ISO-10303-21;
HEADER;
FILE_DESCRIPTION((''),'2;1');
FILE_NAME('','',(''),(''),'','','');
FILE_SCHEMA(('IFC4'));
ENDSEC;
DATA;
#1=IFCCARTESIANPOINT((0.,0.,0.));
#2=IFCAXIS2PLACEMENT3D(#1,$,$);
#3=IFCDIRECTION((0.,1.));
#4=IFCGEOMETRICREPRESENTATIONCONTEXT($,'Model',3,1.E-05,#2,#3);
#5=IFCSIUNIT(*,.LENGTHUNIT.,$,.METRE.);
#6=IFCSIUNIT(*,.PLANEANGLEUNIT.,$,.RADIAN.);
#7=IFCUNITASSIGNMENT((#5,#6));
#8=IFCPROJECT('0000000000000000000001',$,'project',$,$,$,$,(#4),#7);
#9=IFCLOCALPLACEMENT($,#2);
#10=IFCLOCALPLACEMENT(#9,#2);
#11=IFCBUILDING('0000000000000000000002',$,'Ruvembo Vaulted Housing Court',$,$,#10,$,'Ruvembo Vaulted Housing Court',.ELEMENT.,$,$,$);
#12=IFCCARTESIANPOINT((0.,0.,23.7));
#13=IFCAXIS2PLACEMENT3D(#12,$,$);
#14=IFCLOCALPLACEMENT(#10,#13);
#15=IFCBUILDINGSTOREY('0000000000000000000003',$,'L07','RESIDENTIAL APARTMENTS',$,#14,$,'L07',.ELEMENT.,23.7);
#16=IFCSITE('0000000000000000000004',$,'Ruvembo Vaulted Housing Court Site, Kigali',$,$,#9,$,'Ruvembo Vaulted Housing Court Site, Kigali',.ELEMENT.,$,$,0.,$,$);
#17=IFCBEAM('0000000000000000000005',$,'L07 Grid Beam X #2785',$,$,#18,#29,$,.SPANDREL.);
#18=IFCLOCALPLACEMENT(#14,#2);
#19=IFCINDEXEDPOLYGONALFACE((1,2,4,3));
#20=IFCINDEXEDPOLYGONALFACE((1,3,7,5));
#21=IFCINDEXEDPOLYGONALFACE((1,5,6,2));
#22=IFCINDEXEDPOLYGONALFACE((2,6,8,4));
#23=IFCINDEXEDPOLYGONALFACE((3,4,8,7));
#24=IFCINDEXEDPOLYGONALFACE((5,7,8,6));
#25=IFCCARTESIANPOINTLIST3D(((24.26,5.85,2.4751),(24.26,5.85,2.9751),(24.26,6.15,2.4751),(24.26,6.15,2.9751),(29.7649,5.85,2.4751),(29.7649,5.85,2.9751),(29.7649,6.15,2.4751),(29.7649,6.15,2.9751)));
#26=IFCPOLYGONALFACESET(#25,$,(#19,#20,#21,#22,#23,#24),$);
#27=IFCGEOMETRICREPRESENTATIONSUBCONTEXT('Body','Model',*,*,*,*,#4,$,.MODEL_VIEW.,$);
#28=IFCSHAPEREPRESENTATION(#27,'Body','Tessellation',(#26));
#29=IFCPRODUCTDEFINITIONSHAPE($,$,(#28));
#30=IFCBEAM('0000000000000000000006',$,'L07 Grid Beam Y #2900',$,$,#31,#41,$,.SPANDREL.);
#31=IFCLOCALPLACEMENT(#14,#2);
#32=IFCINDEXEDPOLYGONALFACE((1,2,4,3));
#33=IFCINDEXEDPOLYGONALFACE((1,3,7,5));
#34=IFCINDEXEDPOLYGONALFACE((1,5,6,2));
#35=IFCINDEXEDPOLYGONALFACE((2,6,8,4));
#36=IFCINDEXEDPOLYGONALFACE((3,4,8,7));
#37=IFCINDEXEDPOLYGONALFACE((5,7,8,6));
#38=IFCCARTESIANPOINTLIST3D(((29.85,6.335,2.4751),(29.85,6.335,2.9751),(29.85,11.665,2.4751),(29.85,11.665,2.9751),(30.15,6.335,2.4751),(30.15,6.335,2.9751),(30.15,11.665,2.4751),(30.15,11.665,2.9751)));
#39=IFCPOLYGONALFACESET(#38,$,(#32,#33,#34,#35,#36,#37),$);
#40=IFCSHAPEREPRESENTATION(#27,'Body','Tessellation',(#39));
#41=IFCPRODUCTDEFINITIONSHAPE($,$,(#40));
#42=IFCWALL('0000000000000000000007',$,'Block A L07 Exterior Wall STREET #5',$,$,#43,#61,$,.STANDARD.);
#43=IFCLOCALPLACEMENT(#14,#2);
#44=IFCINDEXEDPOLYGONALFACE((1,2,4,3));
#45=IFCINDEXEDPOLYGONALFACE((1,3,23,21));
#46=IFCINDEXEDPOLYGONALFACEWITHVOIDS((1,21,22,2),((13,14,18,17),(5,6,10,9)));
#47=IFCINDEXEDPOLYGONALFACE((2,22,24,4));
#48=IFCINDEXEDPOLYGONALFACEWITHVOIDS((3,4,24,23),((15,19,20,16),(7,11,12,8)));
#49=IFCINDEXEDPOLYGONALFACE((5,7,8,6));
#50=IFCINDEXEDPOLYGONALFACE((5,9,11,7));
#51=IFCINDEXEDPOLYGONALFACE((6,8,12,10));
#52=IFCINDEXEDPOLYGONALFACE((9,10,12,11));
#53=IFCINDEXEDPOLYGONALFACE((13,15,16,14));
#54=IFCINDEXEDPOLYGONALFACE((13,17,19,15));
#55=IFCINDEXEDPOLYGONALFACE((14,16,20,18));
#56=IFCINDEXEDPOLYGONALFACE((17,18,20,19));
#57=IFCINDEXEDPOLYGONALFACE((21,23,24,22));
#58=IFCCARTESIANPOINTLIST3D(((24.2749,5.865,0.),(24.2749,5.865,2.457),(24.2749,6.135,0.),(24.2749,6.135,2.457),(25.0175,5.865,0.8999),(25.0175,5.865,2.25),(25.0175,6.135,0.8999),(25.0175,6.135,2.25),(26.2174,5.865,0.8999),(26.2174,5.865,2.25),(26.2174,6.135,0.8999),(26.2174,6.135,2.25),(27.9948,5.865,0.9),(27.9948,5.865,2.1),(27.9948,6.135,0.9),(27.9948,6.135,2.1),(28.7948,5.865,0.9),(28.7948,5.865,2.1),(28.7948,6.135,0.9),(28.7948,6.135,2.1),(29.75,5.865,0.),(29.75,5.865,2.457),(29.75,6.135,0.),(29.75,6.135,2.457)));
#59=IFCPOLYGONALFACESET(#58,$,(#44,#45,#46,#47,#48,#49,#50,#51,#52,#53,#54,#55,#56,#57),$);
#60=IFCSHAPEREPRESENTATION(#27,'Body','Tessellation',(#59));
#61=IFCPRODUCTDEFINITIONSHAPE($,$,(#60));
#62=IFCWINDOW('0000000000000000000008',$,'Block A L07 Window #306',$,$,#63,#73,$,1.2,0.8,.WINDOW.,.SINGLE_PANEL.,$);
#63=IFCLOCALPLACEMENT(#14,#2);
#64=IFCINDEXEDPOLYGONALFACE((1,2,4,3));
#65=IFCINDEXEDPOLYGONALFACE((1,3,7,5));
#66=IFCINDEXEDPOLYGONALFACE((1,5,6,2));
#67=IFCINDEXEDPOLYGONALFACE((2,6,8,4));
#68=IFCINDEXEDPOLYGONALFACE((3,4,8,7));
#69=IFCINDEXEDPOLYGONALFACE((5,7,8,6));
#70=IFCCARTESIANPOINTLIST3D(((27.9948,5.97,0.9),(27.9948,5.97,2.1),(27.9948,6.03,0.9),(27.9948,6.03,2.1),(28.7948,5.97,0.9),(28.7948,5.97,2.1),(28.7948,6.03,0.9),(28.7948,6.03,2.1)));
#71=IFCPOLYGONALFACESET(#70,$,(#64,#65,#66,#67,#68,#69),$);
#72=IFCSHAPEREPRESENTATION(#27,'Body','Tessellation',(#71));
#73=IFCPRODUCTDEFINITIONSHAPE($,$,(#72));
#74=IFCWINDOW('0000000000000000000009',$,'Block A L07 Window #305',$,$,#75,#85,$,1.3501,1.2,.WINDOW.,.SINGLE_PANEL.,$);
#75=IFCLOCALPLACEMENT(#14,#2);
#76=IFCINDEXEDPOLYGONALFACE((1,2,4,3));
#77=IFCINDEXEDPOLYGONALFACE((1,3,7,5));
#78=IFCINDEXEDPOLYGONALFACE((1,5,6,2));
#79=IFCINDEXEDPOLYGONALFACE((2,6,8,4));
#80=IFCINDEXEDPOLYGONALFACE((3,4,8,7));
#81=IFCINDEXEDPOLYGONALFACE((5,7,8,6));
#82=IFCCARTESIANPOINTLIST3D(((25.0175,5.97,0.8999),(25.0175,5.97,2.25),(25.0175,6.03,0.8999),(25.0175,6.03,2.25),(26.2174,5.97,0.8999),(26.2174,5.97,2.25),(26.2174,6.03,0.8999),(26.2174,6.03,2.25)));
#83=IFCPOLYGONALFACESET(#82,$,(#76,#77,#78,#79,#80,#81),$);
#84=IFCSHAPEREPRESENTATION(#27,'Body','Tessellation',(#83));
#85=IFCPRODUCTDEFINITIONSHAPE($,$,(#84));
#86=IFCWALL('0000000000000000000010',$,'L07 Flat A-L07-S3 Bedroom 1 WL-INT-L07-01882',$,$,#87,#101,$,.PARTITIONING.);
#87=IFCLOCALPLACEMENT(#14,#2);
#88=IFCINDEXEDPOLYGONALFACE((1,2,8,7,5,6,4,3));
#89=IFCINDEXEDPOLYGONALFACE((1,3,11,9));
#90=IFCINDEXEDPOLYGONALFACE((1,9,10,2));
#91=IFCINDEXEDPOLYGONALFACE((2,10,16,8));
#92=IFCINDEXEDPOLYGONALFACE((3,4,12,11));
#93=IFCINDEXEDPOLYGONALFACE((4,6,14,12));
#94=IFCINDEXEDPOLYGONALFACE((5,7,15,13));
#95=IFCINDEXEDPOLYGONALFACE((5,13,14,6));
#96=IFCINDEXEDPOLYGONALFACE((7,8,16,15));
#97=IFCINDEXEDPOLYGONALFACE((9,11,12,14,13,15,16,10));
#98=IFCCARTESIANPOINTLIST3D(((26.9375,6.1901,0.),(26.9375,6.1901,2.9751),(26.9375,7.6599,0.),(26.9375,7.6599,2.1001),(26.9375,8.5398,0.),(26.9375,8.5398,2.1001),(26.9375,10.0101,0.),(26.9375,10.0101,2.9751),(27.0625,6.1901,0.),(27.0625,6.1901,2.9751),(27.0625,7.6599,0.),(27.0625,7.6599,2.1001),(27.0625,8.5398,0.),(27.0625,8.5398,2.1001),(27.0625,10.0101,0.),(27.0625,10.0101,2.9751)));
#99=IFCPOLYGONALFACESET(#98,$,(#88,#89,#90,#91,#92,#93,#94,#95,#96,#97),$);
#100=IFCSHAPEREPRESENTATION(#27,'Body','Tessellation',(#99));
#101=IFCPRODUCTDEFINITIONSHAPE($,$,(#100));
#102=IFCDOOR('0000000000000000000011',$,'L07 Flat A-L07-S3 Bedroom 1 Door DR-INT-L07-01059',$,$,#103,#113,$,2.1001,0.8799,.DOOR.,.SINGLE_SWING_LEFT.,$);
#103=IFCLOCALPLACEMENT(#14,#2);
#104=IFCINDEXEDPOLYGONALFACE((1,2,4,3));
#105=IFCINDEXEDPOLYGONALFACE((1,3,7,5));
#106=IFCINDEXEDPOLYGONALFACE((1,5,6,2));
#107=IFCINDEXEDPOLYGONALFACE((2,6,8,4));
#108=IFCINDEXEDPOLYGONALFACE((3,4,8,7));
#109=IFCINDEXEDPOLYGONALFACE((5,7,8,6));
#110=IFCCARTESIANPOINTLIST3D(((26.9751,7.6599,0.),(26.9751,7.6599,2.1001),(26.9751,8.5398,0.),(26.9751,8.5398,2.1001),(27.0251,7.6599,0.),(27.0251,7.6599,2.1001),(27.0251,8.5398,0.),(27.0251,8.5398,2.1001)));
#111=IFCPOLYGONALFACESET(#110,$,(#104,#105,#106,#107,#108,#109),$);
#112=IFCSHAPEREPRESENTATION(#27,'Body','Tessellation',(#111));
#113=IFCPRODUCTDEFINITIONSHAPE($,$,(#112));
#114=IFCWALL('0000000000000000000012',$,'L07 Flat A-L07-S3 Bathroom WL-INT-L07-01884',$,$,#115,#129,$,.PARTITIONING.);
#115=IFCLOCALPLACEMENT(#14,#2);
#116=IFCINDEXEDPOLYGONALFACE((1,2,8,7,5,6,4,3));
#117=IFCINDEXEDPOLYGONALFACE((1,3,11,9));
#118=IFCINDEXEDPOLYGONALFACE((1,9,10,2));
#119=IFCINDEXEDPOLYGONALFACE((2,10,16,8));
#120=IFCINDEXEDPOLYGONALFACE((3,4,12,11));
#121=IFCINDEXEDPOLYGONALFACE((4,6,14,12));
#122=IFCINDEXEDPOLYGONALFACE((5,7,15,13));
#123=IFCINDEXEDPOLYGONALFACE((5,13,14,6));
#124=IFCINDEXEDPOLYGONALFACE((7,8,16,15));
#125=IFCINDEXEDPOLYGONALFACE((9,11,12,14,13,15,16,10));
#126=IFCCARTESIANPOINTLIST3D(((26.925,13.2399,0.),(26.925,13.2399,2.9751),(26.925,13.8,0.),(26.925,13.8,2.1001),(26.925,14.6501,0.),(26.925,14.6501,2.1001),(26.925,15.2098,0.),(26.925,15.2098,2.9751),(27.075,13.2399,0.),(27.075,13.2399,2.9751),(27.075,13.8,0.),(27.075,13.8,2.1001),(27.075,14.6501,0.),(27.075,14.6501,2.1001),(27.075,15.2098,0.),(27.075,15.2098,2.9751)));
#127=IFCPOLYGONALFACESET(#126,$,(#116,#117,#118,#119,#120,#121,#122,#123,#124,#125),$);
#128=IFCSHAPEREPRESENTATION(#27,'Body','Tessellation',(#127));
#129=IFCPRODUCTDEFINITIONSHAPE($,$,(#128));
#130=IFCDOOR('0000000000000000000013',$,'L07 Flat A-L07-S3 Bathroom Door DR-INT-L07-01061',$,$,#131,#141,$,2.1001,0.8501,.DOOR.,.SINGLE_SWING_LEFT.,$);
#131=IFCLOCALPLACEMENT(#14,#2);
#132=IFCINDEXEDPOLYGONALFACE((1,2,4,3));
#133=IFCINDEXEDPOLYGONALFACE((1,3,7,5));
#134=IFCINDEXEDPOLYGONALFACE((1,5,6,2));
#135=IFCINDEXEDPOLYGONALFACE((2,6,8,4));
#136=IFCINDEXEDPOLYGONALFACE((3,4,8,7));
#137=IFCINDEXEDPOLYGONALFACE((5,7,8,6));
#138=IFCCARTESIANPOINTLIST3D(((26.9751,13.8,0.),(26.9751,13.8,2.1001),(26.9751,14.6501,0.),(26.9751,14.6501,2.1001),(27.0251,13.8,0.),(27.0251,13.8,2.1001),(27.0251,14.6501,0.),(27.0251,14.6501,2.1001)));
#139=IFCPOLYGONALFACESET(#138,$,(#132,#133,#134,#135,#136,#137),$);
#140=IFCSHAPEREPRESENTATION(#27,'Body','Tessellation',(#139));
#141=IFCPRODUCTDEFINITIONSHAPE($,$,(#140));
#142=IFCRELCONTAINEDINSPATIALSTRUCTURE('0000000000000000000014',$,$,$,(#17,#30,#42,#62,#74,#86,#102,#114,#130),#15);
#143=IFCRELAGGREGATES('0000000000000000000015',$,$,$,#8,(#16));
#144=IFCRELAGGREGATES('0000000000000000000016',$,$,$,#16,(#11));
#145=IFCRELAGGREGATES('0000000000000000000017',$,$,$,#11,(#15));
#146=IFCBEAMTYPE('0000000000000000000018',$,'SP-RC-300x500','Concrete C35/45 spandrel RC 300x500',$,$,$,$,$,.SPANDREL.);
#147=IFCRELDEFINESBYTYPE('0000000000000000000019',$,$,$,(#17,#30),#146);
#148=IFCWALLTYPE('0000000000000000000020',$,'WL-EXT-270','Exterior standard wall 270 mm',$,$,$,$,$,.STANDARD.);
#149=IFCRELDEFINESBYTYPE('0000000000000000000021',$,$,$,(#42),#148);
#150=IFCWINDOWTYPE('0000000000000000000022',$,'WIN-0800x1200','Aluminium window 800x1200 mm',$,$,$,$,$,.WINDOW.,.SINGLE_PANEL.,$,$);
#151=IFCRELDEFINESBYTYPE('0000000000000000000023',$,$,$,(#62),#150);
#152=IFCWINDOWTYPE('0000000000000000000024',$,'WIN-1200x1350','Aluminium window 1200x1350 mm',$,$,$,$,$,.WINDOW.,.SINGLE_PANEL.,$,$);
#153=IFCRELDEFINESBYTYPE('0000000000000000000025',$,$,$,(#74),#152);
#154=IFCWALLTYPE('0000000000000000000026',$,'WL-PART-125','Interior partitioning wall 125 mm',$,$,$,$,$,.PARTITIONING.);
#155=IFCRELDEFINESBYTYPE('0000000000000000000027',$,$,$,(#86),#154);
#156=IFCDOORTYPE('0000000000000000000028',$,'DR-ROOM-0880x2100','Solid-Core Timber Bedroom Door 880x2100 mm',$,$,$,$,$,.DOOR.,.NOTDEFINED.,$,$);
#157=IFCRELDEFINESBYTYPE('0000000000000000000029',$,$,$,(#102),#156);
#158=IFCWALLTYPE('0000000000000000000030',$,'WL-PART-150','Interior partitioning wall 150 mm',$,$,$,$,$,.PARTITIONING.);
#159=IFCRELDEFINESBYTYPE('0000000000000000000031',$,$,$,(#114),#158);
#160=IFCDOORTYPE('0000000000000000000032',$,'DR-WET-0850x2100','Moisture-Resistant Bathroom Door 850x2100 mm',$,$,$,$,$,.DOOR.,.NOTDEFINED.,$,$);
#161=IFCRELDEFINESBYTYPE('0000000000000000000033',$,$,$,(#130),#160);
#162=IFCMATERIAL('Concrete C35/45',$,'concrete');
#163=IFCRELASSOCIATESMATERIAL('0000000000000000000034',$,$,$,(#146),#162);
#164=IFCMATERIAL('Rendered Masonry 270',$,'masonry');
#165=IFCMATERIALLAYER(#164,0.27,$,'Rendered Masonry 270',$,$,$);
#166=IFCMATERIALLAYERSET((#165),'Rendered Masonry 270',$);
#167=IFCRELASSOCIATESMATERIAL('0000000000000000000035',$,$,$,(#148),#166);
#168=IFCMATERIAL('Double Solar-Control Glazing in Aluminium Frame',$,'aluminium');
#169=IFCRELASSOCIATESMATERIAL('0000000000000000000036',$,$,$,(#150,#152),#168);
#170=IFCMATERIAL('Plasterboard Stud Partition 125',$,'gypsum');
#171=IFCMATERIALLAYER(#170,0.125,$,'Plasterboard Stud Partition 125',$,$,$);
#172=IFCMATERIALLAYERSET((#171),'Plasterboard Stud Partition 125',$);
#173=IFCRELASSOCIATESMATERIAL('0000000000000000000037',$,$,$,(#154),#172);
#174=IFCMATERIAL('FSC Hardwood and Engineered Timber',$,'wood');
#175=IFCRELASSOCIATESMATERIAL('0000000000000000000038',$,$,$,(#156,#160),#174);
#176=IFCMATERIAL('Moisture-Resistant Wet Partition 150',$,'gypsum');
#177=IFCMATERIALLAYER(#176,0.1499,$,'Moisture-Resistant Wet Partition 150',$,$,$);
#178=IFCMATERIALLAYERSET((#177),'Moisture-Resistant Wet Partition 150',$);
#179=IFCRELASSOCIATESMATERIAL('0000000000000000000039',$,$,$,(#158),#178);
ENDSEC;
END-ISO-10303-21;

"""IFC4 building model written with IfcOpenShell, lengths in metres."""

from ifc_helpers import new_model, si_unit, direction, frame, frame_2d, origin, origin_2d, place, context, subcontext, project, spatial, rectangle, extrude, material, layer, layer_set, material_profile, profile_set, type_object, element, fill, save


model = new_model("IFC4")

# Units and contexts
model_context = context("Model", 3, precision=1e-05, world=origin(), true_north=direction((0.0, 1.0)))
body_context = subcontext(model_context, "Body", "Model", "MODEL_VIEW")
ifc_project = project(units=[si_unit("LENGTHUNIT", "METRE"), si_unit("PLANEANGLEUNIT", "RADIAN")], contexts=[model_context])

# Site, building, storey
site_placement = place(None, origin())
site = spatial("IfcSite", under=ifc_project, at=site_placement, Name="Ruvembo Vaulted Housing Court Site, Kigali", LongName="Ruvembo Vaulted Housing Court Site, Kigali", CompositionType="ELEMENT", RefElevation=0.0)
building_placement = place(site_placement, origin())
building = spatial("IfcBuilding", under=site, at=building_placement, Name="Ruvembo Vaulted Housing Court", LongName="Ruvembo Vaulted Housing Court", CompositionType="ELEMENT")
storey_placement = place(building_placement, frame((0.0, 0.0, 23.7)))
storey = spatial("IfcBuildingStorey", under=building, at=storey_placement, Name="L07", Description="RESIDENTIAL APARTMENTS", LongName="L07", CompositionType="ELEMENT", Elevation=23.7)

# Shared definitions
ifc_material_1 = material(Name="Concrete C35/45", Category="concrete")

# Beams
ifc_material_profile_1 = material_profile(ifc_material_1, rectangle(XDim=0.3, YDim=0.5, at=origin_2d()), Name="RC 300x500")
ifc_profile_set_1 = profile_set([ifc_material_profile_1], Name="Concrete C35/45")
beam_type_1 = type_object("IfcBeamType", Name="SP-RC-300x500", Description="Concrete C35/45 spandrel RC 300x500", PredefinedType="SPANDREL", material=ifc_profile_set_1)
beam_1_placement = place(storey_placement, frame((24.26, 6.0, 2.7251), z_axis=(1.0, 0.0, 0.0), x_axis=(0.0, 1.0, 0.0)))
element("IfcBeam", 1, at=beam_1_placement, inside=storey, type_object=beam_type_1, Name="L07 Grid Beam X #2785", PredefinedType="SPANDREL", context=body_context, shape_type="SweptSolid", body=[
    extrude(rectangle(XDim=0.3, YDim=0.5, at=origin_2d()), origin(), (0.0, 0.0, 1.0), 5.5049),
])
beam_2_placement = place(storey_placement, frame((30.0, 6.335, 2.7251), z_axis=(0.0, 1.0, 0.0), x_axis=(-1.0, 0.0, 0.0)))
element("IfcBeam", 2, at=beam_2_placement, inside=storey, type_object=beam_type_1, Name="L07 Grid Beam Y #2900", PredefinedType="SPANDREL", context=body_context, shape_type="SweptSolid", body=[
    extrude(rectangle(XDim=0.3, YDim=0.5, at=origin_2d()), origin(), (0.0, 0.0, 1.0), 5.3301),
])

# Wall, openings, windows
ifc_material_2 = material(Name="Rendered Masonry 270", Category="masonry")
ifc_layer_1 = layer(ifc_material_2, 0.27, Name="Rendered Masonry 270")
ifc_layer_set_1 = layer_set([ifc_layer_1], Name="Rendered Masonry 270")
wall_type_1 = type_object("IfcWallType", Name="WL-EXT-270", Description="Exterior standard wall 270 mm", PredefinedType="STANDARD", material=ifc_layer_set_1)
wall_1_placement = place(storey_placement, frame((24.2749, 6.0, 0.0), z_axis=(0.0, 0.0, 1.0), x_axis=(1.0, 0.0, 0.0)))
wall_1 = element("IfcWall", 3, at=wall_1_placement, inside=storey, type_object=wall_type_1, Name="Block A L07 Exterior Wall STREET #5", PredefinedType="STANDARD", context=body_context, shape_type="SweptSolid", body=[
    extrude(rectangle(XDim=5.4751, YDim=0.27, at=frame_2d((2.7375, 0.0))), origin(), (0.0, 0.0, 1.0), 2.457),
])
opening_1_placement = place(wall_1_placement, frame((0.7424, 0.0, 0.8999)))
opening_1 = element("IfcOpeningElement", 4, at=opening_1_placement, cuts=wall_1, PredefinedType="OPENING", context=body_context, shape_type="SweptSolid", body=[
    extrude(rectangle(XDim=1.2, YDim=1.3501, at=frame_2d((0.6001, 0.675))), frame((0.0, 0.145, 0.0), z_axis=(0.0, -1.0, 0.0), x_axis=(1.0, 0.0, 0.0)), (0.0, 0.0, 1.0), 0.29),
])
opening_2_placement = place(wall_1_placement, frame((3.72, 0.0, 0.8999)))
opening_2 = element("IfcOpeningElement", 5, at=opening_2_placement, cuts=wall_1, PredefinedType="OPENING", context=body_context, shape_type="SweptSolid", body=[
    extrude(rectangle(XDim=0.8, YDim=1.2, at=frame_2d((0.3999, 0.6001))), frame((0.0, 0.145, 0.0), z_axis=(0.0, -1.0, 0.0), x_axis=(1.0, 0.0, 0.0)), (0.0, 0.0, 1.0), 0.29),
])
ifc_material_3 = material(Name="Double Solar-Control Glazing in Aluminium Frame", Category="aluminium")
window_type_1 = type_object("IfcWindowType", Name="WIN-0800x1200", Description="Aluminium window 800x1200 mm", PartitioningType="SINGLE_PANEL", PredefinedType="WINDOW", material=ifc_material_3)
window_1_placement = place(opening_2_placement, origin())
window_1 = element("IfcWindow", 6, at=window_1_placement, inside=storey, type_object=window_type_1, Name="Block A L07 Window #306", OverallHeight=1.2, OverallWidth=0.8, PartitioningType="SINGLE_PANEL", PredefinedType="WINDOW", context=body_context, shape_type="SweptSolid", body=[
    extrude(rectangle(XDim=0.8, YDim=1.2, at=frame_2d((0.3999, 0.6001))), frame((0.0, 0.03, 0.0), z_axis=(0.0, -1.0, 0.0), x_axis=(1.0, 0.0, 0.0)), (0.0, 0.0, 1.0), 0.0601),
])
fill(opening_2, window_1)
window_type_2 = type_object("IfcWindowType", Name="WIN-1200x1350", Description="Aluminium window 1200x1350 mm", PartitioningType="SINGLE_PANEL", PredefinedType="WINDOW", material=ifc_material_3)
window_2_placement = place(opening_1_placement, origin())
window_2 = element("IfcWindow", 7, at=window_2_placement, inside=storey, type_object=window_type_2, Name="Block A L07 Window #305", OverallHeight=1.3501, OverallWidth=1.2, PartitioningType="SINGLE_PANEL", PredefinedType="WINDOW", context=body_context, shape_type="SweptSolid", body=[
    extrude(rectangle(XDim=1.2, YDim=1.3501, at=frame_2d((0.6001, 0.675))), frame((0.0, 0.03, 0.0), z_axis=(0.0, -1.0, 0.0), x_axis=(1.0, 0.0, 0.0)), (0.0, 0.0, 1.0), 0.0601),
])
fill(opening_1, window_2)

# Walls, openings, doors
ifc_material_4 = material(Name="Plasterboard Stud Partition 125", Category="gypsum")
ifc_layer_2 = layer(ifc_material_4, 0.125, Name="Plasterboard Stud Partition 125")
ifc_layer_set_2 = layer_set([ifc_layer_2], Name="Plasterboard Stud Partition 125")
wall_type_2 = type_object("IfcWallType", Name="WL-PART-125", Description="Interior partitioning wall 125 mm", PredefinedType="PARTITIONING", material=ifc_layer_set_2)
wall_2_placement = place(storey_placement, frame((27.0, 6.1899, 0.0), z_axis=(0.0, 0.0, 1.0), x_axis=(0.0, 1.0, 0.0)))
wall_2 = element("IfcWall", 8, at=wall_2_placement, inside=storey, type_object=wall_type_2, Name="L07 Flat A-L07-S3 Bedroom 1 WL-INT-L07-01882", PredefinedType="PARTITIONING", context=body_context, shape_type="SweptSolid", body=[
    extrude(rectangle(XDim=3.8201, YDim=0.125, at=frame_2d((1.9102, 0.0))), origin(), (0.0, 0.0, 1.0), 2.9751),
])
opening_3_placement = place(wall_2_placement, frame((1.47, 0.0, 0.0)))
opening_3 = element("IfcOpeningElement", 9, at=opening_3_placement, cuts=wall_2, PredefinedType="OPENING", context=body_context, shape_type="SweptSolid", body=[
    extrude(rectangle(XDim=0.8799, YDim=2.1001, at=frame_2d((0.4399, 1.05))), frame((0.0, 0.0725, 0.0), z_axis=(0.0, -1.0, 0.0), x_axis=(1.0, 0.0, 0.0)), (0.0, 0.0, 1.0), 0.145),
])
ifc_material_5 = material(Name="FSC Hardwood and Engineered Timber", Category="wood")
door_type_1 = type_object("IfcDoorType", Name="DR-ROOM-0880x2100", Description="Solid-Core Timber Bedroom Door 880x2100 mm", OperationType="NOTDEFINED", PredefinedType="DOOR", material=ifc_material_5)
door_1_placement = place(opening_3_placement, origin())
door_1 = element("IfcDoor", 10, at=door_1_placement, inside=storey, type_object=door_type_1, Name="L07 Flat A-L07-S3 Bedroom 1 Door DR-INT-L07-01059", OperationType="SINGLE_SWING_LEFT", OverallHeight=2.1001, OverallWidth=0.8799, PredefinedType="DOOR", context=body_context, shape_type="SweptSolid", body=[
    extrude(rectangle(XDim=0.8799, YDim=2.1001, at=frame_2d((0.4399, 1.05))), frame((0.0, 0.0249, 0.0), z_axis=(0.0, -1.0, 0.0), x_axis=(1.0, 0.0, 0.0)), (0.0, 0.0, 1.0), 0.05),
])
fill(opening_3, door_1)
ifc_material_6 = material(Name="Moisture-Resistant Wet Partition 150", Category="gypsum")
ifc_layer_3 = layer(ifc_material_6, 0.1499, Name="Moisture-Resistant Wet Partition 150")
ifc_layer_set_3 = layer_set([ifc_layer_3], Name="Moisture-Resistant Wet Partition 150")
wall_type_3 = type_object("IfcWallType", Name="WL-PART-150", Description="Interior partitioning wall 150 mm", PredefinedType="PARTITIONING", material=ifc_layer_set_3)
wall_3_placement = place(storey_placement, frame((27.0, 13.24, 0.0), z_axis=(0.0, 0.0, 1.0), x_axis=(0.0, 1.0, 0.0)))
wall_3 = element("IfcWall", 11, at=wall_3_placement, inside=storey, type_object=wall_type_3, Name="L07 Flat A-L07-S3 Bathroom WL-INT-L07-01884", PredefinedType="PARTITIONING", context=body_context, shape_type="SweptSolid", body=[
    extrude(rectangle(XDim=1.97, YDim=0.1499, at=frame_2d((0.9849, 0.0))), origin(), (0.0, 0.0, 1.0), 2.9751),
])
opening_4_placement = place(wall_3_placement, frame((0.5601, 0.0, 0.0)))
opening_4 = element("IfcOpeningElement", 12, at=opening_4_placement, cuts=wall_3, PredefinedType="OPENING", context=body_context, shape_type="SweptSolid", body=[
    extrude(rectangle(XDim=0.8501, YDim=2.1001, at=frame_2d((0.425, 1.05))), frame((0.0, 0.085, 0.0), z_axis=(0.0, -1.0, 0.0), x_axis=(1.0, 0.0, 0.0)), (0.0, 0.0, 1.0), 0.1699),
])
door_type_2 = type_object("IfcDoorType", Name="DR-WET-0850x2100", Description="Moisture-Resistant Bathroom Door 850x2100 mm", OperationType="NOTDEFINED", PredefinedType="DOOR", material=ifc_material_5)
door_2_placement = place(opening_4_placement, origin())
door_2 = element("IfcDoor", 13, at=door_2_placement, inside=storey, type_object=door_type_2, Name="L07 Flat A-L07-S3 Bathroom Door DR-INT-L07-01061", OperationType="SINGLE_SWING_LEFT", OverallHeight=2.1001, OverallWidth=0.8501, PredefinedType="DOOR", context=body_context, shape_type="SweptSolid", body=[
    extrude(rectangle(XDim=0.8501, YDim=2.1001, at=frame_2d((0.425, 1.05))), frame((0.0, 0.0249, 0.0), z_axis=(0.0, -1.0, 0.0), x_axis=(1.0, 0.0, 0.0)), (0.0, 0.0, 1.0), 0.05),
])
fill(opening_4, door_2)

save(model, "model.ifc")
